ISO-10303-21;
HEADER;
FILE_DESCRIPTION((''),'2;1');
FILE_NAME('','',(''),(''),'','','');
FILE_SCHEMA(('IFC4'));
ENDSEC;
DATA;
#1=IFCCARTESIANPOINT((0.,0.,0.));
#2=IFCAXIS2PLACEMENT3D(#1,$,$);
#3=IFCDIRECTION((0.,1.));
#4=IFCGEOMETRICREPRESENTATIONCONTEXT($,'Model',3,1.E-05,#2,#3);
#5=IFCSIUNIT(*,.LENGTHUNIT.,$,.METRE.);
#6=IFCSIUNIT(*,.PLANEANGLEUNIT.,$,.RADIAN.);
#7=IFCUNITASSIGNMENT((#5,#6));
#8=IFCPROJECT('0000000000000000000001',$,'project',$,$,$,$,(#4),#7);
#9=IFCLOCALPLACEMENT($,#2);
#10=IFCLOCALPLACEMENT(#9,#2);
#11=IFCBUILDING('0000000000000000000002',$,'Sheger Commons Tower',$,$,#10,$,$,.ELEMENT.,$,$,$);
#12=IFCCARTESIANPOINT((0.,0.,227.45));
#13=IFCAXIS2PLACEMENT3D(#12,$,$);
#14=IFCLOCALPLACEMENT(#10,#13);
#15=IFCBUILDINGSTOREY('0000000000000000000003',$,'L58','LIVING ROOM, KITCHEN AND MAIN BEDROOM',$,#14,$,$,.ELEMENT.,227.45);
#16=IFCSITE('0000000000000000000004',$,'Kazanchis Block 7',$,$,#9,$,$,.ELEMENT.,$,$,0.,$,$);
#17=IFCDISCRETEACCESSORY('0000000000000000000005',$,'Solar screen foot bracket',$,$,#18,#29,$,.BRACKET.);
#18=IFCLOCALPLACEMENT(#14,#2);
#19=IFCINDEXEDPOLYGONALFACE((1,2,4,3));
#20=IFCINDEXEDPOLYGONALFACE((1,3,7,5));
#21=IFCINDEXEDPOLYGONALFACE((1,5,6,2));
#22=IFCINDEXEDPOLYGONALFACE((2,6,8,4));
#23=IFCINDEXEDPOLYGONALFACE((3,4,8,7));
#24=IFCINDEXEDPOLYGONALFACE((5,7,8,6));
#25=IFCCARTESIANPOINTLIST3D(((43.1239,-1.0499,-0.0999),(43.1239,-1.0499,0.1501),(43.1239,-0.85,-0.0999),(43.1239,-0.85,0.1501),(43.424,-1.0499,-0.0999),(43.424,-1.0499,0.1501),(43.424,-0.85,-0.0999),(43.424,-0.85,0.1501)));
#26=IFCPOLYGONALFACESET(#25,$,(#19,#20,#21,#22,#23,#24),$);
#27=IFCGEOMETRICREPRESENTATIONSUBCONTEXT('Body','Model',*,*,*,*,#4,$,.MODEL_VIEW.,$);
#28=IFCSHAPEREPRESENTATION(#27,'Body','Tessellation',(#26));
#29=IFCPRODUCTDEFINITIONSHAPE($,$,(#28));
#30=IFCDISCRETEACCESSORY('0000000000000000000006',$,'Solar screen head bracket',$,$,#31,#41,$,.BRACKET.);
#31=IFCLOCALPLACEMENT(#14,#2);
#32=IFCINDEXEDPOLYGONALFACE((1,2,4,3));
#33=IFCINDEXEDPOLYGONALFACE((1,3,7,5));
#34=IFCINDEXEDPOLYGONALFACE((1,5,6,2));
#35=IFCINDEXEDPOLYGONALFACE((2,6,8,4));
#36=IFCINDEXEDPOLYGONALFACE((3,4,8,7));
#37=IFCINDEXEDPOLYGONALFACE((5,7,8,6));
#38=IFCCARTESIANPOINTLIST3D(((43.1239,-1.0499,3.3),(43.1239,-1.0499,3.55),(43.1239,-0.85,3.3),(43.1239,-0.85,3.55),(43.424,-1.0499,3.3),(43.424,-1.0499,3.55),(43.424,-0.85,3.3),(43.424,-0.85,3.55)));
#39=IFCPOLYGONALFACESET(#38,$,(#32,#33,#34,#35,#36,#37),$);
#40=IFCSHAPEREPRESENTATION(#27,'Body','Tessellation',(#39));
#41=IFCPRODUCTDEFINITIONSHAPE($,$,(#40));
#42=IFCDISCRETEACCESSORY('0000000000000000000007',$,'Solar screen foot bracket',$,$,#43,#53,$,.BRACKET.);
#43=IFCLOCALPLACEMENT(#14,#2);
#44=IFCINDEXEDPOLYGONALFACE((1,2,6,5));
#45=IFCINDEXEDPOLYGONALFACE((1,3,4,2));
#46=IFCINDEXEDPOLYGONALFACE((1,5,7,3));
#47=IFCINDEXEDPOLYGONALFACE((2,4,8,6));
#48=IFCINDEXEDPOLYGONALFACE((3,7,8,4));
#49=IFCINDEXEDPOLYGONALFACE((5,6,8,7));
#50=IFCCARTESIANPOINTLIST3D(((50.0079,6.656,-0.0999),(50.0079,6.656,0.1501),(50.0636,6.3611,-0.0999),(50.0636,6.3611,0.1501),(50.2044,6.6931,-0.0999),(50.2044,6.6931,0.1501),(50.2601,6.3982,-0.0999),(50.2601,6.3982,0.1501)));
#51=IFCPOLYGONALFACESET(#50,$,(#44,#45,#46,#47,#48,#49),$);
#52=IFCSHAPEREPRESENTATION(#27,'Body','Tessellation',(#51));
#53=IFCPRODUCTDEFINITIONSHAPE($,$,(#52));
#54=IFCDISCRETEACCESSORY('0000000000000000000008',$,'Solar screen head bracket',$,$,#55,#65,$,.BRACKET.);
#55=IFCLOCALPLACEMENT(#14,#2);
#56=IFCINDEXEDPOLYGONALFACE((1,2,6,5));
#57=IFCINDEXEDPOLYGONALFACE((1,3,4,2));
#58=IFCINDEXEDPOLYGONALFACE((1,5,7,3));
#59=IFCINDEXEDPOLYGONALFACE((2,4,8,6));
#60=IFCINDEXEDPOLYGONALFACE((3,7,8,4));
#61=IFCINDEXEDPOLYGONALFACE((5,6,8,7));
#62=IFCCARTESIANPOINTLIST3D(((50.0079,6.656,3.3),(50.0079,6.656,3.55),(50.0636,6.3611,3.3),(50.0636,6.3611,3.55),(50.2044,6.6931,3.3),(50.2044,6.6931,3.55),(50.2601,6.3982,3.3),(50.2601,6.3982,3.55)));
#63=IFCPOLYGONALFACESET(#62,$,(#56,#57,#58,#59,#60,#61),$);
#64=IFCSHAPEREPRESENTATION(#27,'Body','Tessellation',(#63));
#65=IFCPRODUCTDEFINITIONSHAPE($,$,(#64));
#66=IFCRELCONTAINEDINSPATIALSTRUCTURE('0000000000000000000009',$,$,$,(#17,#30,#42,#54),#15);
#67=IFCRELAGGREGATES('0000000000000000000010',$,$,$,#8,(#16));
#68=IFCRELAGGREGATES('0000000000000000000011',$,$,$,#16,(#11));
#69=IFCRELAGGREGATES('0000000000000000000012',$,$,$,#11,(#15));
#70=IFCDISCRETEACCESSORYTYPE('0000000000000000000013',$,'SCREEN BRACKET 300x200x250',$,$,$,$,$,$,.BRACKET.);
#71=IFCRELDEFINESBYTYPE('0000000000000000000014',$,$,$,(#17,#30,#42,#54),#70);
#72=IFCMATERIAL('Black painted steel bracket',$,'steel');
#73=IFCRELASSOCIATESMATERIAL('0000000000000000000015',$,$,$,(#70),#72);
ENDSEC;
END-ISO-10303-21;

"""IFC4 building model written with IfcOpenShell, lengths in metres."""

from ifc_helpers import new_model, si_unit, direction, frame, origin, origin_2d, place, context, subcontext, project, spatial, rectangle, extrude, material, type_object, element, save


model = new_model("IFC4")

# Units and contexts
model_context = context("Model", 3, precision=1e-05, world=origin(), true_north=direction((0.0, 1.0)))
body_context = subcontext(model_context, "Body", "Model", "MODEL_VIEW")
ifc_project = project(units=[si_unit("LENGTHUNIT", "METRE"), si_unit("PLANEANGLEUNIT", "RADIAN")], contexts=[model_context])

# Site, building, storey
site_placement = place(None, origin())
site = spatial("IfcSite", under=ifc_project, at=site_placement, Name="Kazanchis Block 7", CompositionType="ELEMENT", RefElevation=0.0)
building_placement = place(site_placement, origin())
building = spatial("IfcBuilding", under=site, at=building_placement, Name="Sheger Commons Tower", CompositionType="ELEMENT")
storey_placement = place(building_placement, frame((0.0, 0.0, 227.45)))
storey = spatial("IfcBuildingStorey", under=building, at=storey_placement, Name="L58", Description="LIVING ROOM, KITCHEN AND MAIN BEDROOM", CompositionType="ELEMENT", Elevation=227.45)

# Discrete accessories
ifc_material_1 = material(Name="Black painted steel bracket", Category="steel")
discrete_accessory_type = type_object("IfcDiscreteAccessoryType", Name="SCREEN BRACKET 300x200x250", PredefinedType="BRACKET", material=ifc_material_1)
for number, where, z_axis, x_axis, name in (
    (1, (43.2739, -0.95, -0.0999), (0.0, 0.0, 1.0), (1.0, 0.0, 0.0), "Solar screen foot bracket"),
    (2, (43.2739, -0.95, 3.3), (0.0, 0.0, 1.0), (1.0, 0.0, 0.0), "Solar screen head bracket"),
    (3, (50.134, 6.5271, -0.0999), (0.0, 0.0, 1.0), (-0.185615, 0.982623, 0.0), "Solar screen foot bracket"),
    (4, (50.134, 6.5271, 3.3), (0.0, 0.0, 1.0), (-0.185615, 0.982623, 0.0), "Solar screen head bracket"),
):
    element("IfcDiscreteAccessory", number, at=place(storey_placement, frame(where, z_axis=z_axis, x_axis=x_axis)), inside=storey, type_object=discrete_accessory_type, Name=name, PredefinedType="BRACKET", context=body_context, shape_type="SweptSolid", body=[
        extrude(rectangle(XDim=0.3, YDim=0.2, at=origin_2d()), origin(), (0.0, 0.0, 1.0), 0.25),
    ])

save(model, "model.ifc")
